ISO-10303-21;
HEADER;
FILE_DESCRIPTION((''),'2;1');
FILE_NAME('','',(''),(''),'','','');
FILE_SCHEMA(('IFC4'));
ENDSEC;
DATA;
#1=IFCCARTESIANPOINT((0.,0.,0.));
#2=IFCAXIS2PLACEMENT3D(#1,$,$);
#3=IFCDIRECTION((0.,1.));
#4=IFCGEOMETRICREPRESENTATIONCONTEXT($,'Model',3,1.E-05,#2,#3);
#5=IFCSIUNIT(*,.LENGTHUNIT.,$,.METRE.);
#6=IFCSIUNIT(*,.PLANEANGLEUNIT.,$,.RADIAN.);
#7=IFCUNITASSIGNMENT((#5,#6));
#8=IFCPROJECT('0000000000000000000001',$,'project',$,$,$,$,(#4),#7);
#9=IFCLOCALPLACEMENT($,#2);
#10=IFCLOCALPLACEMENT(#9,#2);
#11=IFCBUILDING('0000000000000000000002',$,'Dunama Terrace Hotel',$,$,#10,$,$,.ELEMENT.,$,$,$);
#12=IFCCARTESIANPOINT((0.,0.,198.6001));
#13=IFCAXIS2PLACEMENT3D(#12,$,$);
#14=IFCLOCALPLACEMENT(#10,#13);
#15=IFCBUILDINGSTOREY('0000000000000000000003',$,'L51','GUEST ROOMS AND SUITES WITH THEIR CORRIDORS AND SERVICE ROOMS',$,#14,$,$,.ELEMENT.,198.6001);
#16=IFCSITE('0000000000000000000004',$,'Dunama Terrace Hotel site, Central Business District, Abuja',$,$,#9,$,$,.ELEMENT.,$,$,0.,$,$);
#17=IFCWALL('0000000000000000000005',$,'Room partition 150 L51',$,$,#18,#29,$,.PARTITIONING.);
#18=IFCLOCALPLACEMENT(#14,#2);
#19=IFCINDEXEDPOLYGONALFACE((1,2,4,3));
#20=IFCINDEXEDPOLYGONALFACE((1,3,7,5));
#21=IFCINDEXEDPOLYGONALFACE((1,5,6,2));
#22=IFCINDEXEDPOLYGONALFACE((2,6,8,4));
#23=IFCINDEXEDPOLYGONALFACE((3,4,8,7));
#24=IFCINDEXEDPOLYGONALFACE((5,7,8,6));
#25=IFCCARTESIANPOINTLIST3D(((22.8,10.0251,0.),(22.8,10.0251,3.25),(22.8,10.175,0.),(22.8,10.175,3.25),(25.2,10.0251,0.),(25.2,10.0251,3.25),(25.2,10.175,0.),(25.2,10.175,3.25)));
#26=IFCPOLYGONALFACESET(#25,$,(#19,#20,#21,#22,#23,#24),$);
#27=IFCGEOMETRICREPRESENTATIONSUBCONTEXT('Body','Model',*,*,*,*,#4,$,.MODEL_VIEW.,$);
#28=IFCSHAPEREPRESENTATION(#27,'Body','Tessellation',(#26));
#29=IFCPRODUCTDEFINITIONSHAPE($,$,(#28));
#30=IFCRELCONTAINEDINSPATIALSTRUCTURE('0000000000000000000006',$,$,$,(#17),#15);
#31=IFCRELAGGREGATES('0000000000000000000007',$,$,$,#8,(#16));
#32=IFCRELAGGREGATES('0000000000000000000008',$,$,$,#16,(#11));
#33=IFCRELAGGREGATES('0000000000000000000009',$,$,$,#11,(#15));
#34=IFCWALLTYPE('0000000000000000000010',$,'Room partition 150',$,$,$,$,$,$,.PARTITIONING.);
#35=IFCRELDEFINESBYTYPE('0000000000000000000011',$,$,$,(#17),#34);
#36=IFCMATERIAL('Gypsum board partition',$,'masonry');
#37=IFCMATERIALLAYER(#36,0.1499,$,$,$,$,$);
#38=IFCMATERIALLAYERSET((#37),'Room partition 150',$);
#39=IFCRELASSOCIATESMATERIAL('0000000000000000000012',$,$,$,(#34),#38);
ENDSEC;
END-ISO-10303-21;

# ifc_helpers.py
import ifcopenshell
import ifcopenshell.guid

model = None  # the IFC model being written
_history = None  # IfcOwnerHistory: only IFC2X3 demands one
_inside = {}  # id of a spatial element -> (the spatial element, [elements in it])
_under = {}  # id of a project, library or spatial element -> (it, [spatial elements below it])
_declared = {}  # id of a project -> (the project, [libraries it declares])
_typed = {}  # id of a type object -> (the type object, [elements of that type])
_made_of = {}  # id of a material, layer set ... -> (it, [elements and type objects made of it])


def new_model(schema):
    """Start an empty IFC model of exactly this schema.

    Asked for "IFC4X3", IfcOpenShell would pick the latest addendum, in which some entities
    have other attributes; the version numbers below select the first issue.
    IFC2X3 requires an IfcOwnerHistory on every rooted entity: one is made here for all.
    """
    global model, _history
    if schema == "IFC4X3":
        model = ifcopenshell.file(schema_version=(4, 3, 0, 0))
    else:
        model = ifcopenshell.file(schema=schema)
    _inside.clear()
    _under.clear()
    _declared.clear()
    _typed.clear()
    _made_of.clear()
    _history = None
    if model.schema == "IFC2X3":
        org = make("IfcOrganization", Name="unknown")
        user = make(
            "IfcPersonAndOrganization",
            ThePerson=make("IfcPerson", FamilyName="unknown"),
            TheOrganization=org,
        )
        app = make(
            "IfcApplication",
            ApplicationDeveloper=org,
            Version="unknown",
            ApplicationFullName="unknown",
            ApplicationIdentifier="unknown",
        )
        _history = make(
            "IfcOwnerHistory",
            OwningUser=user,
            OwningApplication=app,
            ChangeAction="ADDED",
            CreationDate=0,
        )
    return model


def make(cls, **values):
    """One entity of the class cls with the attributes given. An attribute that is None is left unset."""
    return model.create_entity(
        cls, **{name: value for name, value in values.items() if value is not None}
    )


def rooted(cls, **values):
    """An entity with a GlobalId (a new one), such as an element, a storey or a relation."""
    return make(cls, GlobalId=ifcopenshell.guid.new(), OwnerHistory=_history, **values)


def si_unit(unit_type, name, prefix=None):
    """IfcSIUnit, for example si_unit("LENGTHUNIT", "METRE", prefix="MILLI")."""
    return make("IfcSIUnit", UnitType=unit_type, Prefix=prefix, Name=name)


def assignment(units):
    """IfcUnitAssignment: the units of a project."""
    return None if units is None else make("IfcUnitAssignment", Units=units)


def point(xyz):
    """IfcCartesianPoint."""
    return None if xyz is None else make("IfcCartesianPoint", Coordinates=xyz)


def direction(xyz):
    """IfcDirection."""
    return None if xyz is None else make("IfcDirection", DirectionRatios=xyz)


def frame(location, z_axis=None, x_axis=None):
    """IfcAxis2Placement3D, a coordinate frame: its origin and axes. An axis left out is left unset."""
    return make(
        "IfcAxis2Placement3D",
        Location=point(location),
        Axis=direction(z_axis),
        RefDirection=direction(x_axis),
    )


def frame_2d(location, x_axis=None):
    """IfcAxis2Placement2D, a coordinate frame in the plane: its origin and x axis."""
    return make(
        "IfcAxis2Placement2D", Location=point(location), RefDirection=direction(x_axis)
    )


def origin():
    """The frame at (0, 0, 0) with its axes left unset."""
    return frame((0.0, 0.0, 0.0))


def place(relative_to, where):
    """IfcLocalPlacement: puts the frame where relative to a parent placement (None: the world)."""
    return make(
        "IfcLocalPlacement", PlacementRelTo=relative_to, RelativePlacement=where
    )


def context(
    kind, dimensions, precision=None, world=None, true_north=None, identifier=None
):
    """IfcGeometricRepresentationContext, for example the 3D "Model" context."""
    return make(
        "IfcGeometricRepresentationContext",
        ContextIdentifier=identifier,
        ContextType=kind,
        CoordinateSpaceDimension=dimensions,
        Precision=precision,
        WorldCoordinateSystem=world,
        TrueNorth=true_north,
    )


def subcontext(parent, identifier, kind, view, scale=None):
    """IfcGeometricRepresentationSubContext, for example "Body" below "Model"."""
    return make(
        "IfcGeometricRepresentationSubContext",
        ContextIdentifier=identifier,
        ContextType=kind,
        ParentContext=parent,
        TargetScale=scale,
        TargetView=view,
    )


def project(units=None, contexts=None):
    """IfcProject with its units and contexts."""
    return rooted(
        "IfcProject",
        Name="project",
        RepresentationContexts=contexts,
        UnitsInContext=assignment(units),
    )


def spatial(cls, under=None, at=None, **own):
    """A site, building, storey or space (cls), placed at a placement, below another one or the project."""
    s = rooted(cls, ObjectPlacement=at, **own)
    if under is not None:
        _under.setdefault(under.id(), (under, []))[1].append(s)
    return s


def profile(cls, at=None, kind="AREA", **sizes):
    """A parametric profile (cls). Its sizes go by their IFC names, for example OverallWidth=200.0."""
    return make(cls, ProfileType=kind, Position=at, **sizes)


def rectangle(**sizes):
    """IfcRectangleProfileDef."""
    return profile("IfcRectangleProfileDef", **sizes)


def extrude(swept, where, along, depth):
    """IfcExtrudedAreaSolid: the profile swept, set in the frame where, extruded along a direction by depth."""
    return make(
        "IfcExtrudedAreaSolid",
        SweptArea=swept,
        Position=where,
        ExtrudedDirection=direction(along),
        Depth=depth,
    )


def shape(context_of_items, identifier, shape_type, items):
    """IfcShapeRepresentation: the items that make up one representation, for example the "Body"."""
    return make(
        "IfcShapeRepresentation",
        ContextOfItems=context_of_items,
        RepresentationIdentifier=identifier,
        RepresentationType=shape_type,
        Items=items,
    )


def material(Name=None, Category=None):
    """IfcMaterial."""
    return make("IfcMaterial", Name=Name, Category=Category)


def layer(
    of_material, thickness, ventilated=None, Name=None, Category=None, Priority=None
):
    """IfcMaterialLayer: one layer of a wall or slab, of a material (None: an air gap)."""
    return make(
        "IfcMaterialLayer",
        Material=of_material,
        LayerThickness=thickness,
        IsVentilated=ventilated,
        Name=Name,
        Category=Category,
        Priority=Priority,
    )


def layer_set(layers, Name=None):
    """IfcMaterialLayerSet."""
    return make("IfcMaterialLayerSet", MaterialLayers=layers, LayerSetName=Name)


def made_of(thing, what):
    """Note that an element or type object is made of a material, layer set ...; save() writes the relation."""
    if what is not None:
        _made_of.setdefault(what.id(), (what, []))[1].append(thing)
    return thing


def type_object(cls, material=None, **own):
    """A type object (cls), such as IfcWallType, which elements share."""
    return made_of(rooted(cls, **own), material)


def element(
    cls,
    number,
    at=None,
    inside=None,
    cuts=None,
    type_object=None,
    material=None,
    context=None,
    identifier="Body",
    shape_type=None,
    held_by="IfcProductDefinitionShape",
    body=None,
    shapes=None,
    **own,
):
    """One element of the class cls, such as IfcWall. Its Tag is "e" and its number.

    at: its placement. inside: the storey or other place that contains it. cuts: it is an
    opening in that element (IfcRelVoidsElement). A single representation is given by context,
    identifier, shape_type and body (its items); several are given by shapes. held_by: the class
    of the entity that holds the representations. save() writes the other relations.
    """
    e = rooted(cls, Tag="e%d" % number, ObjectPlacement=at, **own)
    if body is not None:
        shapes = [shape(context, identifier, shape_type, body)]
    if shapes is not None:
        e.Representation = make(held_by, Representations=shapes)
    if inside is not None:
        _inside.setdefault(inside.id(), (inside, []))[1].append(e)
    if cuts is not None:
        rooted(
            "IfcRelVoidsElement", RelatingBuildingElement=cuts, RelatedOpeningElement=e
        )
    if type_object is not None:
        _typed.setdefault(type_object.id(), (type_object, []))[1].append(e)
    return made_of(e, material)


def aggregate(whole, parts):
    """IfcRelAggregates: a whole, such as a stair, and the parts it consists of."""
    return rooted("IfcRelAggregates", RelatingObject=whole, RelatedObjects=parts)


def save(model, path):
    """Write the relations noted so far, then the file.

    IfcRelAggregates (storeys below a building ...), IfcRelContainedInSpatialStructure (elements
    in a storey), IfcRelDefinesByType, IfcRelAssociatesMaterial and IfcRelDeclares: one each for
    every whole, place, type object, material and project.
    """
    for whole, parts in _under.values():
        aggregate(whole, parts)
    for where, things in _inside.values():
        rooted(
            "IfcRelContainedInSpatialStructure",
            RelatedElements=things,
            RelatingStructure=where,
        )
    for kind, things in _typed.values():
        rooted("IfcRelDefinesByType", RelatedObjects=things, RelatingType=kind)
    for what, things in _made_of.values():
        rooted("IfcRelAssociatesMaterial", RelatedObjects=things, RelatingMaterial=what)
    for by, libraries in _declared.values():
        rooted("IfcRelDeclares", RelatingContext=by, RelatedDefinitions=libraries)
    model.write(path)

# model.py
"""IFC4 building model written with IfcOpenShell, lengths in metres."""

from ifc_helpers import new_model, si_unit, direction, frame, frame_2d, origin, place, context, subcontext, project, spatial, rectangle, extrude, material, layer, layer_set, type_object, element, save


model = new_model("IFC4")

# Units and contexts
model_context = context("Model", 3, precision=1e-05, world=origin(), true_north=direction((0.0, 1.0)))
body_context = subcontext(model_context, "Body", "Model", "MODEL_VIEW")
ifc_project = project(units=[si_unit("LENGTHUNIT", "METRE"), si_unit("PLANEANGLEUNIT", "RADIAN")], contexts=[model_context])

# Site, building, storey
site_placement = place(None, origin())
site = spatial("IfcSite", under=ifc_project, at=site_placement, Name="Dunama Terrace Hotel site, Central Business District, Abuja", CompositionType="ELEMENT", RefElevation=0.0)
building_placement = place(site_placement, origin())
building = spatial("IfcBuilding", under=site, at=building_placement, Name="Dunama Terrace Hotel", CompositionType="ELEMENT")
storey_placement = place(building_placement, frame((0.0, 0.0, 198.6001)))
storey = spatial("IfcBuildingStorey", under=building, at=storey_placement, Name="L51", Description="GUEST ROOMS AND SUITES WITH THEIR CORRIDORS AND SERVICE ROOMS", CompositionType="ELEMENT", Elevation=198.6001)

# Shared definitions
ifc_material_1 = material(Name="Gypsum board partition", Category="masonry")
ifc_layer_1 = layer(ifc_material_1, 0.1499)
ifc_layer_set_1 = layer_set([ifc_layer_1], Name="Room partition 150")
wall_type_1 = type_object("IfcWallType", Name="Room partition 150", PredefinedType="PARTITIONING", material=ifc_layer_set_1)

# Wall
wall_1_placement = place(storey_placement, frame((22.8, 10.1001, 0.0), z_axis=(0.0, 0.0, 1.0), x_axis=(1.0, 0.0, 0.0)))
element("IfcWall", 1, at=wall_1_placement, inside=storey, type_object=wall_type_1, Name="Room partition 150 L51", PredefinedType="PARTITIONING", context=body_context, shape_type="SweptSolid", body=[
    extrude(rectangle(XDim=2.3999, YDim=0.1499, at=frame_2d((1.2, 0.0))), origin(), (0.0, 0.0, 1.0), 3.25),
])

save(model, "model.ifc")
